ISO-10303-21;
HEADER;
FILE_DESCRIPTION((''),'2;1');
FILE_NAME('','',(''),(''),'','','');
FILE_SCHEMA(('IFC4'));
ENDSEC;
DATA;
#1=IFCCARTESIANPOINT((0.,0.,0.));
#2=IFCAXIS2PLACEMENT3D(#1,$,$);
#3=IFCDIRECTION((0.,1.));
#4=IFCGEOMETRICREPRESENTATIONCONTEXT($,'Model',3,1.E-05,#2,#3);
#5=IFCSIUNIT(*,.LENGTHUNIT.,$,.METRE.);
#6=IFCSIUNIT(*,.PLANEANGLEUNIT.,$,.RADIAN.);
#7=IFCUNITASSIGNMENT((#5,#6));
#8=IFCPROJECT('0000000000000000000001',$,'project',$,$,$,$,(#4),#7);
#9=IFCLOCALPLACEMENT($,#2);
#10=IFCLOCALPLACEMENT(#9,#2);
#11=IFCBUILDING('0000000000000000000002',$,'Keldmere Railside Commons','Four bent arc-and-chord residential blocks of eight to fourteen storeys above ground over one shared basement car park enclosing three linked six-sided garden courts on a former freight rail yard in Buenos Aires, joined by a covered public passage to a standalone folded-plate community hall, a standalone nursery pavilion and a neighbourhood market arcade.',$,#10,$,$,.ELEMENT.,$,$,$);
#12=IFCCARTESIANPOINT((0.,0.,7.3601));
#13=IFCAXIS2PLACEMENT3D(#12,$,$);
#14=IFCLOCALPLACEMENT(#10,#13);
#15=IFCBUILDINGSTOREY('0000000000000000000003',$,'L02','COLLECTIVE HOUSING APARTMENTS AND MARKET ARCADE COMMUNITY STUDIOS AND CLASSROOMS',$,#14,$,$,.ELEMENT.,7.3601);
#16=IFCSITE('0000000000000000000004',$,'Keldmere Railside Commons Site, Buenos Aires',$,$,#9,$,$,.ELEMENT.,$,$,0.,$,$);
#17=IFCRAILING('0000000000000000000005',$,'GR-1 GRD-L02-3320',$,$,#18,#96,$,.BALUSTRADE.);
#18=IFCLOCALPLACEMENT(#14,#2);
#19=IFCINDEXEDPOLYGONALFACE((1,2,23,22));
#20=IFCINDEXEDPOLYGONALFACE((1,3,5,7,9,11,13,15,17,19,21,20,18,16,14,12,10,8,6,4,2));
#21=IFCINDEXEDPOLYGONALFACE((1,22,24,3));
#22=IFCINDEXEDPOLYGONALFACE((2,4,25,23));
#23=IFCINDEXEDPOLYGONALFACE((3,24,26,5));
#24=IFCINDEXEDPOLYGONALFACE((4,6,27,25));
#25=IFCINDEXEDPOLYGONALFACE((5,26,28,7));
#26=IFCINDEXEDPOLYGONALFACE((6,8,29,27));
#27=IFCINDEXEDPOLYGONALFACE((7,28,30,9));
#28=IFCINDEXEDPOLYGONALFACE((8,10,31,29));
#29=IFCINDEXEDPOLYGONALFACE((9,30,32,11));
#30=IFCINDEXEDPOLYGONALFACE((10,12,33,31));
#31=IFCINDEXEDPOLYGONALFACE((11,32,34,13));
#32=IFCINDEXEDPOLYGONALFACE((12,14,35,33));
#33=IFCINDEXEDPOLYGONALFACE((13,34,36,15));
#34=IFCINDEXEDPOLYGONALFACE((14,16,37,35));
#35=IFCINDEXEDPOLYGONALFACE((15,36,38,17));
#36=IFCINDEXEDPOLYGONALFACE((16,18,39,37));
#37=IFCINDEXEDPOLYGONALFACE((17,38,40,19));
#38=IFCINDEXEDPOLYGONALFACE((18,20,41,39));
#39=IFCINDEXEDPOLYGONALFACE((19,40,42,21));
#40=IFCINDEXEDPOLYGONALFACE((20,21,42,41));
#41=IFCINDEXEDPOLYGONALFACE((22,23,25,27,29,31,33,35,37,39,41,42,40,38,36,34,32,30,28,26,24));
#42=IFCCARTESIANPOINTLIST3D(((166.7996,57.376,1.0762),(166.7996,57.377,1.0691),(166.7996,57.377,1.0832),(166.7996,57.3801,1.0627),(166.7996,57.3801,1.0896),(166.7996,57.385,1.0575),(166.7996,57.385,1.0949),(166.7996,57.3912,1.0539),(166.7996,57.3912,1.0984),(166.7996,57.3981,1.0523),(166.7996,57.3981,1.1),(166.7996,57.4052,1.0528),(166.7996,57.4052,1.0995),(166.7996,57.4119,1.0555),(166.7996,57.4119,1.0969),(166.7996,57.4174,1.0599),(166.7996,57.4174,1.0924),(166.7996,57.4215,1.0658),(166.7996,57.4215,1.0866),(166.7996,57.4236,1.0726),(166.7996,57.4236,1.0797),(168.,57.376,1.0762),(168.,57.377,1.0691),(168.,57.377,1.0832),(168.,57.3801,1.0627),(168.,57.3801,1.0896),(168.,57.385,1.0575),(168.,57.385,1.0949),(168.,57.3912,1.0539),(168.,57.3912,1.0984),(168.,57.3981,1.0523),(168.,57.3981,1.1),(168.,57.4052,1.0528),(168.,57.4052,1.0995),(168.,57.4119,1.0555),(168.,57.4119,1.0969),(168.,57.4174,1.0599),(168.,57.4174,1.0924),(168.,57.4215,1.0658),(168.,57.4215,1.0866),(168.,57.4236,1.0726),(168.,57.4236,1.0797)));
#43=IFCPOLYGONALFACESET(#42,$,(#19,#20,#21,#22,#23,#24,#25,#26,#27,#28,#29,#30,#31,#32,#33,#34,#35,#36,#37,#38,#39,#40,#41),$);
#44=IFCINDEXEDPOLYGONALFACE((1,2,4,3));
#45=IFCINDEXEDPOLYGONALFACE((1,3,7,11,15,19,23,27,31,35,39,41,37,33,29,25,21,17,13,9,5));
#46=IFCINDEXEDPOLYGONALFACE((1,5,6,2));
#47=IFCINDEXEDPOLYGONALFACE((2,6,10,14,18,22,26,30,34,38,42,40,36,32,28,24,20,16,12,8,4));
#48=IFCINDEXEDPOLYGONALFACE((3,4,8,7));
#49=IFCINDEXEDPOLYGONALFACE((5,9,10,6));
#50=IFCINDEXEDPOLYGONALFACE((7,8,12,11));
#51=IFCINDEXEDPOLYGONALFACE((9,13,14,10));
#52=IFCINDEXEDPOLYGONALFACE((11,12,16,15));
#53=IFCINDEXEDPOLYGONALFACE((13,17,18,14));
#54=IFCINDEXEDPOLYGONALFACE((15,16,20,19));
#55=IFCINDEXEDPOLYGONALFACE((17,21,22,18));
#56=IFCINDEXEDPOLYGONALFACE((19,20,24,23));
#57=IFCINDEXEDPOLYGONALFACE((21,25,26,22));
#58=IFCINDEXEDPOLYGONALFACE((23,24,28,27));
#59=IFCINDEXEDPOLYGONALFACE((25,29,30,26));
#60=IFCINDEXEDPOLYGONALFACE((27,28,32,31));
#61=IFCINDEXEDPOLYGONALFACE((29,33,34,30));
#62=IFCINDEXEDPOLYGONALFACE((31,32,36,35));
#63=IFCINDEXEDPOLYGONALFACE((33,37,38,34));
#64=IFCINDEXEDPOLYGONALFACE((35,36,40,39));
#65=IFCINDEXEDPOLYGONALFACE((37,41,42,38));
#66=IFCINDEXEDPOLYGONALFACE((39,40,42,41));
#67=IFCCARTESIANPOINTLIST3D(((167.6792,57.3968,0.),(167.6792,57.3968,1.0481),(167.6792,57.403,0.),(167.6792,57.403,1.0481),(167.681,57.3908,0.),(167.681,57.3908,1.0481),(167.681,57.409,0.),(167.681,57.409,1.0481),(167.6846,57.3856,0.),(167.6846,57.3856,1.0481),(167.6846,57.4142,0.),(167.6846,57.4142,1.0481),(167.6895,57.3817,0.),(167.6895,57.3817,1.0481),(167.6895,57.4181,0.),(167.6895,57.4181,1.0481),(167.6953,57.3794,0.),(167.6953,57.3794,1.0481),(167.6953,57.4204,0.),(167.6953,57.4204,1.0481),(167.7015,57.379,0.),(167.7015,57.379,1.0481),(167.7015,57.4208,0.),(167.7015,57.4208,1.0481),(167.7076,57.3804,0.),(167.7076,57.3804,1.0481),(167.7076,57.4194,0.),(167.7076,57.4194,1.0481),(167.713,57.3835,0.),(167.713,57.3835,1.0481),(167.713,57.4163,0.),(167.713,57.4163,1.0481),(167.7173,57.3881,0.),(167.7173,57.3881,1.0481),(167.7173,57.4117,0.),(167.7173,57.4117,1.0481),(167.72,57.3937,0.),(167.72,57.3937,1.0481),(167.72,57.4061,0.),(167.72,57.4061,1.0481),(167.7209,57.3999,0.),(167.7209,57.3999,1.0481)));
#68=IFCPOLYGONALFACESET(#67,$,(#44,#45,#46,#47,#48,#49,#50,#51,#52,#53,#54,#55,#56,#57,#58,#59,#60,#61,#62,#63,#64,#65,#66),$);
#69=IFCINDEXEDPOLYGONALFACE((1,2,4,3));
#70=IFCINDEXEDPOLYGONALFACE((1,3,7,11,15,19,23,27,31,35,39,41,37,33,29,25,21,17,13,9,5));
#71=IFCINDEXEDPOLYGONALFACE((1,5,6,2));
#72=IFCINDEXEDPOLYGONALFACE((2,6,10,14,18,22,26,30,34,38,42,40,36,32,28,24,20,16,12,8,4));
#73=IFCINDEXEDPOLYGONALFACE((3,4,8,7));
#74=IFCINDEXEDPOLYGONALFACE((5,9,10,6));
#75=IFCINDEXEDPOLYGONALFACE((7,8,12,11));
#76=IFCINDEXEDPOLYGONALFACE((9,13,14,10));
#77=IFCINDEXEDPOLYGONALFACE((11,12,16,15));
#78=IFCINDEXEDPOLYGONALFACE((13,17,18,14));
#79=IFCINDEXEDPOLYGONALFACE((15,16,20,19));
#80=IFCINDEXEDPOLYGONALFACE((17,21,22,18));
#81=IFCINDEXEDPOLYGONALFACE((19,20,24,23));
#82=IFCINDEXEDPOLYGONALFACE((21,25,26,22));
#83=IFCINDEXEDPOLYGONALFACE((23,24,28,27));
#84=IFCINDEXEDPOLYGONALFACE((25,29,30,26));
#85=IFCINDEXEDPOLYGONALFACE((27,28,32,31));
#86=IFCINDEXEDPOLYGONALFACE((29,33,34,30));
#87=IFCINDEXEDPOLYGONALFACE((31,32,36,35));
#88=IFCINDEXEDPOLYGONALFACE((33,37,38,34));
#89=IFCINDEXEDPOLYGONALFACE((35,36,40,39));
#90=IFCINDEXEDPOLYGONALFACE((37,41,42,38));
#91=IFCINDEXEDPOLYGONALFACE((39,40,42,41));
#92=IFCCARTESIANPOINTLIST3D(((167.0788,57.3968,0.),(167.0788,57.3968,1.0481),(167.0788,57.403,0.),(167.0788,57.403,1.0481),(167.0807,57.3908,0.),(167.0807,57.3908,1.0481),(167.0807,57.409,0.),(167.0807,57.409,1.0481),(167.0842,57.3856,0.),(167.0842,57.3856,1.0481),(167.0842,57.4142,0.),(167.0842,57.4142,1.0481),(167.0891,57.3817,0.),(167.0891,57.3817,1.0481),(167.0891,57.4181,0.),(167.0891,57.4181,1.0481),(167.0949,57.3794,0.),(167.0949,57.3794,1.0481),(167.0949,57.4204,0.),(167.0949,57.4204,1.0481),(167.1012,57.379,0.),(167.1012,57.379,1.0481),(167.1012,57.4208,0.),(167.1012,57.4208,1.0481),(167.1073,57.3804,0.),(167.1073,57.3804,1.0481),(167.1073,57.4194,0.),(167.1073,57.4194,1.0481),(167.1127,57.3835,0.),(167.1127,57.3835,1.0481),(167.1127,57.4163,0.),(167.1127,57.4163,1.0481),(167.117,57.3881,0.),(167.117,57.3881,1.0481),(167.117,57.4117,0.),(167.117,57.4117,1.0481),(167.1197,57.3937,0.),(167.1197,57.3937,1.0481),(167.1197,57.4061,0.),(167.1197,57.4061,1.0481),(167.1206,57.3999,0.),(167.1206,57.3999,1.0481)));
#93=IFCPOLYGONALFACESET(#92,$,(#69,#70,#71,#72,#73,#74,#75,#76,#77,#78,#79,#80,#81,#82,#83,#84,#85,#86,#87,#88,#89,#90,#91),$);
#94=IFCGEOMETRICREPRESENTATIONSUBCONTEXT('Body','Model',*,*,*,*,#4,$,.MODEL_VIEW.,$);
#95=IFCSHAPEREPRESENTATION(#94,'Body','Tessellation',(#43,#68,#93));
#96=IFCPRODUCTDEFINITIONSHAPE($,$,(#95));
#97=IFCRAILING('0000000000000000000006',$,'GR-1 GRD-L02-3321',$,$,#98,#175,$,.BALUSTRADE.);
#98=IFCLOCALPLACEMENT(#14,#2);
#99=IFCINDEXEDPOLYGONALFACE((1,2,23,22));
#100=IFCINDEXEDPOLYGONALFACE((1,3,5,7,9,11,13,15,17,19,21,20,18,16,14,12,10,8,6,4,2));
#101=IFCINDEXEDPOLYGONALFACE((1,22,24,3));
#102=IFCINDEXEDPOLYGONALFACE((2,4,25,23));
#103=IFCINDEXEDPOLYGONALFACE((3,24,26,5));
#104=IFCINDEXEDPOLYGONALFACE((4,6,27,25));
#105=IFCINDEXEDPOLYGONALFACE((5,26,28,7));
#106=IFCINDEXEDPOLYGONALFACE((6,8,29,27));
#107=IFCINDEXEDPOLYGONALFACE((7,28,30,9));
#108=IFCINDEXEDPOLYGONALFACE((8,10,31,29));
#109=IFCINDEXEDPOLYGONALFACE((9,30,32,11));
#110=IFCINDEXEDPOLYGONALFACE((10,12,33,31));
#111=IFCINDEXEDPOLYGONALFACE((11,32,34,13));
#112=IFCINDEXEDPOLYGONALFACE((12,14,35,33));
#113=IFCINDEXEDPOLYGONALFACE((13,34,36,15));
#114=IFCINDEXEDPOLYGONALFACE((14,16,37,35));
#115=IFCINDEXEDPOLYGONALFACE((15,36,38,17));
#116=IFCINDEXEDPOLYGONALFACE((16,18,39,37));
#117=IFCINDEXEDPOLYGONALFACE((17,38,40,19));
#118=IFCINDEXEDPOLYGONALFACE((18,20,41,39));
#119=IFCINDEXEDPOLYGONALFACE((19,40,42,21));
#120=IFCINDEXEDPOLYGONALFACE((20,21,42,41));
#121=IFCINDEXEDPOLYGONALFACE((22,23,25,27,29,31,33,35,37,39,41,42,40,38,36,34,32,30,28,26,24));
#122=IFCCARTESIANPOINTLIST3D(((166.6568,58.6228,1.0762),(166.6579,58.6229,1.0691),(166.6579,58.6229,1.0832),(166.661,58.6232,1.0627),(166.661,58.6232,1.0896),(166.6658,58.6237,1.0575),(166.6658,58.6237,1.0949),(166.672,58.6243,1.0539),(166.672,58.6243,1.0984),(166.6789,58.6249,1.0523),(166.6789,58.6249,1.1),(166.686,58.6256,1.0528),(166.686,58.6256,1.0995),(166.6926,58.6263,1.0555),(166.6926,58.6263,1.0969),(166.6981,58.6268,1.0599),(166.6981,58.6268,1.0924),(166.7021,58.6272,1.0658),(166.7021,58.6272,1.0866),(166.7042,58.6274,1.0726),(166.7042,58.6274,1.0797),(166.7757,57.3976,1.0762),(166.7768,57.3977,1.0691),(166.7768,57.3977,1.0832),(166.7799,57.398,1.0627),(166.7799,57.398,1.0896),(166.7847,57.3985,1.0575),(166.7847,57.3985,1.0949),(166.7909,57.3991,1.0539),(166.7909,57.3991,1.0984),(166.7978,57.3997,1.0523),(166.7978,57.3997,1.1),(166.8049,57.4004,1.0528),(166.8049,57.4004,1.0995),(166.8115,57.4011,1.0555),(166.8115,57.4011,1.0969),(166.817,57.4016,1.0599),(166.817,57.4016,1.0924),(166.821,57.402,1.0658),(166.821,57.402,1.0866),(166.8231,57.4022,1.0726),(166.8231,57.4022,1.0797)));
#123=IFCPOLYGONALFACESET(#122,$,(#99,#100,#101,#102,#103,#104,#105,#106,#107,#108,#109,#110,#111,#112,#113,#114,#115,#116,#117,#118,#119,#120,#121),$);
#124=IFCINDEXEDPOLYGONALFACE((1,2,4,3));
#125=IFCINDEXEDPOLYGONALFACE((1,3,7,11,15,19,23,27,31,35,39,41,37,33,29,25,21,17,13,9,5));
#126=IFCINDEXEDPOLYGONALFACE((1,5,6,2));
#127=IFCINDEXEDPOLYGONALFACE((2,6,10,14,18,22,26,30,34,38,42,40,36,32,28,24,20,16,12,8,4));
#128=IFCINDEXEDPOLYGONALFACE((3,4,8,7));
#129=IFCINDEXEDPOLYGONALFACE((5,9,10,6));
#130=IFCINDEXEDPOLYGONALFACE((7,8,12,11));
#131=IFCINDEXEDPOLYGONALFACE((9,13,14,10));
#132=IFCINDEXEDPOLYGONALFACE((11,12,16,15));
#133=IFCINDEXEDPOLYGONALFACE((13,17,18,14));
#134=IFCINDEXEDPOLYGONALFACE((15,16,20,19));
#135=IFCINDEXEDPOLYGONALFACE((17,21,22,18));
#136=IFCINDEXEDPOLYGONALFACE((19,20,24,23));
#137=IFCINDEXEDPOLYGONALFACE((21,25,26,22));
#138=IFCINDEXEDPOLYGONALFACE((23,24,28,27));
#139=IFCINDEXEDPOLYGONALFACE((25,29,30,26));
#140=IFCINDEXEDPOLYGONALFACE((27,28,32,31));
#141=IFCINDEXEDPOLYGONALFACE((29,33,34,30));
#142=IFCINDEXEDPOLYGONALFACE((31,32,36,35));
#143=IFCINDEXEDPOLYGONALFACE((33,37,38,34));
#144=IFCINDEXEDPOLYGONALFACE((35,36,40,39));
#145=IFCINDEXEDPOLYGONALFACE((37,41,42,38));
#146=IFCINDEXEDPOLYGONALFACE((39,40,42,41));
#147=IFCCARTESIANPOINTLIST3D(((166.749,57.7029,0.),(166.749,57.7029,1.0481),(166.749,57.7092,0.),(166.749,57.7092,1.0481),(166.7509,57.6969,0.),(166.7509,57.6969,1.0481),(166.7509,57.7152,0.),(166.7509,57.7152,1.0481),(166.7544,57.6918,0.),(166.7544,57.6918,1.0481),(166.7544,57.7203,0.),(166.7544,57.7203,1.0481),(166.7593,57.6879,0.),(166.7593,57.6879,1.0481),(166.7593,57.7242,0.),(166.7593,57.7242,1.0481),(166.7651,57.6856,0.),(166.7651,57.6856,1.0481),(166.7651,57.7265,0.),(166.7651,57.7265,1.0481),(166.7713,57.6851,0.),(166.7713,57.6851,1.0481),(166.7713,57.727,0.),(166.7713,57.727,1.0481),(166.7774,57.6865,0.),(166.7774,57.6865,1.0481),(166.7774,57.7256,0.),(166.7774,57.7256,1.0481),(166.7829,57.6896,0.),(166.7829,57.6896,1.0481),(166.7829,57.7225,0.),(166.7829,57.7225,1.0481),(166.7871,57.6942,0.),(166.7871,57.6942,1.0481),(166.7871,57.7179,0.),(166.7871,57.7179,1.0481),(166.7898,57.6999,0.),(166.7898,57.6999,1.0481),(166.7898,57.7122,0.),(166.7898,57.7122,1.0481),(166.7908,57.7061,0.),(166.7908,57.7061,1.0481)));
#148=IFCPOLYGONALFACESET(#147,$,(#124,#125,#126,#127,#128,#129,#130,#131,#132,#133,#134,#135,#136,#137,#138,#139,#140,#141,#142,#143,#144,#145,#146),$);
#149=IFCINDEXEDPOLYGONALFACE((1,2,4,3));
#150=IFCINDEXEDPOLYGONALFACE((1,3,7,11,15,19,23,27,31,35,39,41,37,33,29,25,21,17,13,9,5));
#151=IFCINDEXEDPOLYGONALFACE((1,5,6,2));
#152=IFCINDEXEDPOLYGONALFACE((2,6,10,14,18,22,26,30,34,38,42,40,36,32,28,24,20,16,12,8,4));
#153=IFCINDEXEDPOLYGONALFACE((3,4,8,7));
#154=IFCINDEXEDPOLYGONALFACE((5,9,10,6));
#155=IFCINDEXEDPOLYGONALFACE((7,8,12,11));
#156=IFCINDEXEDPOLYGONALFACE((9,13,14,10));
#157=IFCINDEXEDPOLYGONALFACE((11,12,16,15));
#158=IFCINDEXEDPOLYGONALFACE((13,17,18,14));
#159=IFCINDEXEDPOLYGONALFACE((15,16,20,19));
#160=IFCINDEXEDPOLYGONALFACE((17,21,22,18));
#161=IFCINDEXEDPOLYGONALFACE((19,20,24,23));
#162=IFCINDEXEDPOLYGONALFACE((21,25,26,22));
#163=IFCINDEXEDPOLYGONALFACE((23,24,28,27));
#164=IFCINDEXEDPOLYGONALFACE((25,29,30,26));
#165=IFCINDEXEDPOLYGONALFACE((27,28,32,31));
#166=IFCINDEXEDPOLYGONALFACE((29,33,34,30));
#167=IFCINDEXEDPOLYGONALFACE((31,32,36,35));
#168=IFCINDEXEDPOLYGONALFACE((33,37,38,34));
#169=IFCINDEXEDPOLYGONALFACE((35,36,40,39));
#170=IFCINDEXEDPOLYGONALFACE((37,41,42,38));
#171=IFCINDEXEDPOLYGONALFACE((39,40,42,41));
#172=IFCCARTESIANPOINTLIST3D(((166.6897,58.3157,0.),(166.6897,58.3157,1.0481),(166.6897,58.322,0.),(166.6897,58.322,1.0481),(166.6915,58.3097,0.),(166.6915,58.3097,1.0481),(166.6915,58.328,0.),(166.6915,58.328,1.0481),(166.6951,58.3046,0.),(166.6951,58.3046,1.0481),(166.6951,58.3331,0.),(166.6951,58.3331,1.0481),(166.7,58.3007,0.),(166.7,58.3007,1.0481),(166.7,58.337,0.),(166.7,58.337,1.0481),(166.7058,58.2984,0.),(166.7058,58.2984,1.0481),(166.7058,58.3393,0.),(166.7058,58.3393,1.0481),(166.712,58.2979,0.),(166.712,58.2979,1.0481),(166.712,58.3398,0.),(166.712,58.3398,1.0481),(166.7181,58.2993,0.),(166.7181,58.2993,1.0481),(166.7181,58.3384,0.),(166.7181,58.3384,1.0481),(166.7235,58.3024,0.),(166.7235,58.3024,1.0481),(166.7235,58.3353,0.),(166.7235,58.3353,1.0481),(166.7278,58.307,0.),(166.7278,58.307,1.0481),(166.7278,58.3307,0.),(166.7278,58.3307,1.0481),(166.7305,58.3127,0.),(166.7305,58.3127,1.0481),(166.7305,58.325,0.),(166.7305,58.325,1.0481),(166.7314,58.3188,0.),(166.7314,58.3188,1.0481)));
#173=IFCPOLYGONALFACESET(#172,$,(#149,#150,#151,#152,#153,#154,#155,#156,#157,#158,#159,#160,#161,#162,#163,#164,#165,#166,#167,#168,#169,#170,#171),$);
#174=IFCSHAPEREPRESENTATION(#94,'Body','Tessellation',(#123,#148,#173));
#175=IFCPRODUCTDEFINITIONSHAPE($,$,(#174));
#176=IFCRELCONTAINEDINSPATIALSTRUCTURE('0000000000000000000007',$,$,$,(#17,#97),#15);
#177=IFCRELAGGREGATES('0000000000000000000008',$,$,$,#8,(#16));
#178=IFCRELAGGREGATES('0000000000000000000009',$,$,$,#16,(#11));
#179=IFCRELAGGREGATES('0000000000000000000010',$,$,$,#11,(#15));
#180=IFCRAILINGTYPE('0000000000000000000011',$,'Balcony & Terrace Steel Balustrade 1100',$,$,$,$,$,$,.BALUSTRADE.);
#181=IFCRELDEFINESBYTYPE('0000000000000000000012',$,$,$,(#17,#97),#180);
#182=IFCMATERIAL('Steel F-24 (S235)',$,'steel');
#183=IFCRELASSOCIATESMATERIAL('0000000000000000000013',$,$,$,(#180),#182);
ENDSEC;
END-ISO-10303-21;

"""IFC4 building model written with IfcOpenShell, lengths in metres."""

from ifc_helpers import new_model, si_unit, direction, frame, origin, origin_2d, place, context, subcontext, project, spatial, circle, extrude, material, type_object, element, save


model = new_model("IFC4")

# Units and contexts
model_context = context("Model", 3, precision=1e-05, world=origin(), true_north=direction((0.0, 1.0)))
body_context = subcontext(model_context, "Body", "Model", "MODEL_VIEW")
ifc_project = project(units=[si_unit("LENGTHUNIT", "METRE"), si_unit("PLANEANGLEUNIT", "RADIAN")], contexts=[model_context])

# Site, building, storey
site_placement = place(None, origin())
site = spatial("IfcSite", under=ifc_project, at=site_placement, Name="Keldmere Railside Commons Site, Buenos Aires", CompositionType="ELEMENT", RefElevation=0.0)
building_placement = place(site_placement, origin())
building = spatial("IfcBuilding", under=site, at=building_placement, Name="Keldmere Railside Commons", Description="Four bent arc-and-chord residential blocks of eight to fourteen storeys above ground over one shared basement car park enclosing three linked six-sided garden courts on a former freight rail yard in Buenos Aires, joined by a covered public passage to a standalone folded-plate community hall, a standalone nursery pavilion and a neighbourhood market arcade.", CompositionType="ELEMENT")
storey_placement = place(building_placement, frame((0.0, 0.0, 7.3601)))
storey = spatial("IfcBuildingStorey", under=building, at=storey_placement, Name="L02", Description="COLLECTIVE HOUSING APARTMENTS AND MARKET ARCADE COMMUNITY STUDIOS AND CLASSROOMS", CompositionType="ELEMENT", Elevation=7.3601)

# Shared definitions
ifc_material_1 = material(Name="Steel F-24 (S235)", Category="steel")

# Railings
railing_type = type_object("IfcRailingType", Name="Balcony & Terrace Steel Balustrade 1100", PredefinedType="BALUSTRADE", material=ifc_material_1)
railing_1_placement = place(storey_placement, frame((168.0, 57.3999, 0.0)))
element("IfcRailing", 1, at=railing_1_placement, inside=storey, type_object=railing_type, Name="GR-1 GRD-L02-3320", PredefinedType="BALUSTRADE", context=body_context, shape_type="SweptSolid", body=[
    extrude(circle(Radius=0.0239, at=origin_2d()), frame((0.0, 0.0, 1.0762), z_axis=(-1.0, 0.0, 0.0), x_axis=(0.0, -1.0, 0.0)), (0.0, 0.0, 1.0), 1.2004),
    extrude(circle(Radius=0.021, at=origin_2d()), frame((-0.3, 0.0, 0.0)), (0.0, 0.0, 1.0), 1.0481),
    extrude(circle(Radius=0.021, at=origin_2d()), frame((-0.9004, 0.0, 0.0)), (0.0, 0.0, 1.0), 1.0481),
])
railing_2_placement = place(storey_placement, frame((166.7996, 57.3999, 0.0)))
element("IfcRailing", 2, at=railing_2_placement, inside=storey, type_object=railing_type, Name="GR-1 GRD-L02-3321", PredefinedType="BALUSTRADE", context=body_context, shape_type="SweptSolid", body=[
    extrude(circle(Radius=0.0239, at=origin_2d()), frame((0.0, 0.0, 1.0762), z_axis=(-0.096597, 0.995324, 0.0), x_axis=(-0.995324, -0.096597, 0.0)), (0.0, 0.0, 1.0), 1.231),
    extrude(circle(Radius=0.021, at=origin_2d()), frame((-0.0298, 0.3062, 0.0)), (0.0, 0.0, 1.0), 1.0481),
    extrude(circle(Radius=0.021, at=origin_2d()), frame((-0.0891, 0.9189, 0.0)), (0.0, 0.0, 1.0), 1.0481),
])

save(model, "model.ifc")
